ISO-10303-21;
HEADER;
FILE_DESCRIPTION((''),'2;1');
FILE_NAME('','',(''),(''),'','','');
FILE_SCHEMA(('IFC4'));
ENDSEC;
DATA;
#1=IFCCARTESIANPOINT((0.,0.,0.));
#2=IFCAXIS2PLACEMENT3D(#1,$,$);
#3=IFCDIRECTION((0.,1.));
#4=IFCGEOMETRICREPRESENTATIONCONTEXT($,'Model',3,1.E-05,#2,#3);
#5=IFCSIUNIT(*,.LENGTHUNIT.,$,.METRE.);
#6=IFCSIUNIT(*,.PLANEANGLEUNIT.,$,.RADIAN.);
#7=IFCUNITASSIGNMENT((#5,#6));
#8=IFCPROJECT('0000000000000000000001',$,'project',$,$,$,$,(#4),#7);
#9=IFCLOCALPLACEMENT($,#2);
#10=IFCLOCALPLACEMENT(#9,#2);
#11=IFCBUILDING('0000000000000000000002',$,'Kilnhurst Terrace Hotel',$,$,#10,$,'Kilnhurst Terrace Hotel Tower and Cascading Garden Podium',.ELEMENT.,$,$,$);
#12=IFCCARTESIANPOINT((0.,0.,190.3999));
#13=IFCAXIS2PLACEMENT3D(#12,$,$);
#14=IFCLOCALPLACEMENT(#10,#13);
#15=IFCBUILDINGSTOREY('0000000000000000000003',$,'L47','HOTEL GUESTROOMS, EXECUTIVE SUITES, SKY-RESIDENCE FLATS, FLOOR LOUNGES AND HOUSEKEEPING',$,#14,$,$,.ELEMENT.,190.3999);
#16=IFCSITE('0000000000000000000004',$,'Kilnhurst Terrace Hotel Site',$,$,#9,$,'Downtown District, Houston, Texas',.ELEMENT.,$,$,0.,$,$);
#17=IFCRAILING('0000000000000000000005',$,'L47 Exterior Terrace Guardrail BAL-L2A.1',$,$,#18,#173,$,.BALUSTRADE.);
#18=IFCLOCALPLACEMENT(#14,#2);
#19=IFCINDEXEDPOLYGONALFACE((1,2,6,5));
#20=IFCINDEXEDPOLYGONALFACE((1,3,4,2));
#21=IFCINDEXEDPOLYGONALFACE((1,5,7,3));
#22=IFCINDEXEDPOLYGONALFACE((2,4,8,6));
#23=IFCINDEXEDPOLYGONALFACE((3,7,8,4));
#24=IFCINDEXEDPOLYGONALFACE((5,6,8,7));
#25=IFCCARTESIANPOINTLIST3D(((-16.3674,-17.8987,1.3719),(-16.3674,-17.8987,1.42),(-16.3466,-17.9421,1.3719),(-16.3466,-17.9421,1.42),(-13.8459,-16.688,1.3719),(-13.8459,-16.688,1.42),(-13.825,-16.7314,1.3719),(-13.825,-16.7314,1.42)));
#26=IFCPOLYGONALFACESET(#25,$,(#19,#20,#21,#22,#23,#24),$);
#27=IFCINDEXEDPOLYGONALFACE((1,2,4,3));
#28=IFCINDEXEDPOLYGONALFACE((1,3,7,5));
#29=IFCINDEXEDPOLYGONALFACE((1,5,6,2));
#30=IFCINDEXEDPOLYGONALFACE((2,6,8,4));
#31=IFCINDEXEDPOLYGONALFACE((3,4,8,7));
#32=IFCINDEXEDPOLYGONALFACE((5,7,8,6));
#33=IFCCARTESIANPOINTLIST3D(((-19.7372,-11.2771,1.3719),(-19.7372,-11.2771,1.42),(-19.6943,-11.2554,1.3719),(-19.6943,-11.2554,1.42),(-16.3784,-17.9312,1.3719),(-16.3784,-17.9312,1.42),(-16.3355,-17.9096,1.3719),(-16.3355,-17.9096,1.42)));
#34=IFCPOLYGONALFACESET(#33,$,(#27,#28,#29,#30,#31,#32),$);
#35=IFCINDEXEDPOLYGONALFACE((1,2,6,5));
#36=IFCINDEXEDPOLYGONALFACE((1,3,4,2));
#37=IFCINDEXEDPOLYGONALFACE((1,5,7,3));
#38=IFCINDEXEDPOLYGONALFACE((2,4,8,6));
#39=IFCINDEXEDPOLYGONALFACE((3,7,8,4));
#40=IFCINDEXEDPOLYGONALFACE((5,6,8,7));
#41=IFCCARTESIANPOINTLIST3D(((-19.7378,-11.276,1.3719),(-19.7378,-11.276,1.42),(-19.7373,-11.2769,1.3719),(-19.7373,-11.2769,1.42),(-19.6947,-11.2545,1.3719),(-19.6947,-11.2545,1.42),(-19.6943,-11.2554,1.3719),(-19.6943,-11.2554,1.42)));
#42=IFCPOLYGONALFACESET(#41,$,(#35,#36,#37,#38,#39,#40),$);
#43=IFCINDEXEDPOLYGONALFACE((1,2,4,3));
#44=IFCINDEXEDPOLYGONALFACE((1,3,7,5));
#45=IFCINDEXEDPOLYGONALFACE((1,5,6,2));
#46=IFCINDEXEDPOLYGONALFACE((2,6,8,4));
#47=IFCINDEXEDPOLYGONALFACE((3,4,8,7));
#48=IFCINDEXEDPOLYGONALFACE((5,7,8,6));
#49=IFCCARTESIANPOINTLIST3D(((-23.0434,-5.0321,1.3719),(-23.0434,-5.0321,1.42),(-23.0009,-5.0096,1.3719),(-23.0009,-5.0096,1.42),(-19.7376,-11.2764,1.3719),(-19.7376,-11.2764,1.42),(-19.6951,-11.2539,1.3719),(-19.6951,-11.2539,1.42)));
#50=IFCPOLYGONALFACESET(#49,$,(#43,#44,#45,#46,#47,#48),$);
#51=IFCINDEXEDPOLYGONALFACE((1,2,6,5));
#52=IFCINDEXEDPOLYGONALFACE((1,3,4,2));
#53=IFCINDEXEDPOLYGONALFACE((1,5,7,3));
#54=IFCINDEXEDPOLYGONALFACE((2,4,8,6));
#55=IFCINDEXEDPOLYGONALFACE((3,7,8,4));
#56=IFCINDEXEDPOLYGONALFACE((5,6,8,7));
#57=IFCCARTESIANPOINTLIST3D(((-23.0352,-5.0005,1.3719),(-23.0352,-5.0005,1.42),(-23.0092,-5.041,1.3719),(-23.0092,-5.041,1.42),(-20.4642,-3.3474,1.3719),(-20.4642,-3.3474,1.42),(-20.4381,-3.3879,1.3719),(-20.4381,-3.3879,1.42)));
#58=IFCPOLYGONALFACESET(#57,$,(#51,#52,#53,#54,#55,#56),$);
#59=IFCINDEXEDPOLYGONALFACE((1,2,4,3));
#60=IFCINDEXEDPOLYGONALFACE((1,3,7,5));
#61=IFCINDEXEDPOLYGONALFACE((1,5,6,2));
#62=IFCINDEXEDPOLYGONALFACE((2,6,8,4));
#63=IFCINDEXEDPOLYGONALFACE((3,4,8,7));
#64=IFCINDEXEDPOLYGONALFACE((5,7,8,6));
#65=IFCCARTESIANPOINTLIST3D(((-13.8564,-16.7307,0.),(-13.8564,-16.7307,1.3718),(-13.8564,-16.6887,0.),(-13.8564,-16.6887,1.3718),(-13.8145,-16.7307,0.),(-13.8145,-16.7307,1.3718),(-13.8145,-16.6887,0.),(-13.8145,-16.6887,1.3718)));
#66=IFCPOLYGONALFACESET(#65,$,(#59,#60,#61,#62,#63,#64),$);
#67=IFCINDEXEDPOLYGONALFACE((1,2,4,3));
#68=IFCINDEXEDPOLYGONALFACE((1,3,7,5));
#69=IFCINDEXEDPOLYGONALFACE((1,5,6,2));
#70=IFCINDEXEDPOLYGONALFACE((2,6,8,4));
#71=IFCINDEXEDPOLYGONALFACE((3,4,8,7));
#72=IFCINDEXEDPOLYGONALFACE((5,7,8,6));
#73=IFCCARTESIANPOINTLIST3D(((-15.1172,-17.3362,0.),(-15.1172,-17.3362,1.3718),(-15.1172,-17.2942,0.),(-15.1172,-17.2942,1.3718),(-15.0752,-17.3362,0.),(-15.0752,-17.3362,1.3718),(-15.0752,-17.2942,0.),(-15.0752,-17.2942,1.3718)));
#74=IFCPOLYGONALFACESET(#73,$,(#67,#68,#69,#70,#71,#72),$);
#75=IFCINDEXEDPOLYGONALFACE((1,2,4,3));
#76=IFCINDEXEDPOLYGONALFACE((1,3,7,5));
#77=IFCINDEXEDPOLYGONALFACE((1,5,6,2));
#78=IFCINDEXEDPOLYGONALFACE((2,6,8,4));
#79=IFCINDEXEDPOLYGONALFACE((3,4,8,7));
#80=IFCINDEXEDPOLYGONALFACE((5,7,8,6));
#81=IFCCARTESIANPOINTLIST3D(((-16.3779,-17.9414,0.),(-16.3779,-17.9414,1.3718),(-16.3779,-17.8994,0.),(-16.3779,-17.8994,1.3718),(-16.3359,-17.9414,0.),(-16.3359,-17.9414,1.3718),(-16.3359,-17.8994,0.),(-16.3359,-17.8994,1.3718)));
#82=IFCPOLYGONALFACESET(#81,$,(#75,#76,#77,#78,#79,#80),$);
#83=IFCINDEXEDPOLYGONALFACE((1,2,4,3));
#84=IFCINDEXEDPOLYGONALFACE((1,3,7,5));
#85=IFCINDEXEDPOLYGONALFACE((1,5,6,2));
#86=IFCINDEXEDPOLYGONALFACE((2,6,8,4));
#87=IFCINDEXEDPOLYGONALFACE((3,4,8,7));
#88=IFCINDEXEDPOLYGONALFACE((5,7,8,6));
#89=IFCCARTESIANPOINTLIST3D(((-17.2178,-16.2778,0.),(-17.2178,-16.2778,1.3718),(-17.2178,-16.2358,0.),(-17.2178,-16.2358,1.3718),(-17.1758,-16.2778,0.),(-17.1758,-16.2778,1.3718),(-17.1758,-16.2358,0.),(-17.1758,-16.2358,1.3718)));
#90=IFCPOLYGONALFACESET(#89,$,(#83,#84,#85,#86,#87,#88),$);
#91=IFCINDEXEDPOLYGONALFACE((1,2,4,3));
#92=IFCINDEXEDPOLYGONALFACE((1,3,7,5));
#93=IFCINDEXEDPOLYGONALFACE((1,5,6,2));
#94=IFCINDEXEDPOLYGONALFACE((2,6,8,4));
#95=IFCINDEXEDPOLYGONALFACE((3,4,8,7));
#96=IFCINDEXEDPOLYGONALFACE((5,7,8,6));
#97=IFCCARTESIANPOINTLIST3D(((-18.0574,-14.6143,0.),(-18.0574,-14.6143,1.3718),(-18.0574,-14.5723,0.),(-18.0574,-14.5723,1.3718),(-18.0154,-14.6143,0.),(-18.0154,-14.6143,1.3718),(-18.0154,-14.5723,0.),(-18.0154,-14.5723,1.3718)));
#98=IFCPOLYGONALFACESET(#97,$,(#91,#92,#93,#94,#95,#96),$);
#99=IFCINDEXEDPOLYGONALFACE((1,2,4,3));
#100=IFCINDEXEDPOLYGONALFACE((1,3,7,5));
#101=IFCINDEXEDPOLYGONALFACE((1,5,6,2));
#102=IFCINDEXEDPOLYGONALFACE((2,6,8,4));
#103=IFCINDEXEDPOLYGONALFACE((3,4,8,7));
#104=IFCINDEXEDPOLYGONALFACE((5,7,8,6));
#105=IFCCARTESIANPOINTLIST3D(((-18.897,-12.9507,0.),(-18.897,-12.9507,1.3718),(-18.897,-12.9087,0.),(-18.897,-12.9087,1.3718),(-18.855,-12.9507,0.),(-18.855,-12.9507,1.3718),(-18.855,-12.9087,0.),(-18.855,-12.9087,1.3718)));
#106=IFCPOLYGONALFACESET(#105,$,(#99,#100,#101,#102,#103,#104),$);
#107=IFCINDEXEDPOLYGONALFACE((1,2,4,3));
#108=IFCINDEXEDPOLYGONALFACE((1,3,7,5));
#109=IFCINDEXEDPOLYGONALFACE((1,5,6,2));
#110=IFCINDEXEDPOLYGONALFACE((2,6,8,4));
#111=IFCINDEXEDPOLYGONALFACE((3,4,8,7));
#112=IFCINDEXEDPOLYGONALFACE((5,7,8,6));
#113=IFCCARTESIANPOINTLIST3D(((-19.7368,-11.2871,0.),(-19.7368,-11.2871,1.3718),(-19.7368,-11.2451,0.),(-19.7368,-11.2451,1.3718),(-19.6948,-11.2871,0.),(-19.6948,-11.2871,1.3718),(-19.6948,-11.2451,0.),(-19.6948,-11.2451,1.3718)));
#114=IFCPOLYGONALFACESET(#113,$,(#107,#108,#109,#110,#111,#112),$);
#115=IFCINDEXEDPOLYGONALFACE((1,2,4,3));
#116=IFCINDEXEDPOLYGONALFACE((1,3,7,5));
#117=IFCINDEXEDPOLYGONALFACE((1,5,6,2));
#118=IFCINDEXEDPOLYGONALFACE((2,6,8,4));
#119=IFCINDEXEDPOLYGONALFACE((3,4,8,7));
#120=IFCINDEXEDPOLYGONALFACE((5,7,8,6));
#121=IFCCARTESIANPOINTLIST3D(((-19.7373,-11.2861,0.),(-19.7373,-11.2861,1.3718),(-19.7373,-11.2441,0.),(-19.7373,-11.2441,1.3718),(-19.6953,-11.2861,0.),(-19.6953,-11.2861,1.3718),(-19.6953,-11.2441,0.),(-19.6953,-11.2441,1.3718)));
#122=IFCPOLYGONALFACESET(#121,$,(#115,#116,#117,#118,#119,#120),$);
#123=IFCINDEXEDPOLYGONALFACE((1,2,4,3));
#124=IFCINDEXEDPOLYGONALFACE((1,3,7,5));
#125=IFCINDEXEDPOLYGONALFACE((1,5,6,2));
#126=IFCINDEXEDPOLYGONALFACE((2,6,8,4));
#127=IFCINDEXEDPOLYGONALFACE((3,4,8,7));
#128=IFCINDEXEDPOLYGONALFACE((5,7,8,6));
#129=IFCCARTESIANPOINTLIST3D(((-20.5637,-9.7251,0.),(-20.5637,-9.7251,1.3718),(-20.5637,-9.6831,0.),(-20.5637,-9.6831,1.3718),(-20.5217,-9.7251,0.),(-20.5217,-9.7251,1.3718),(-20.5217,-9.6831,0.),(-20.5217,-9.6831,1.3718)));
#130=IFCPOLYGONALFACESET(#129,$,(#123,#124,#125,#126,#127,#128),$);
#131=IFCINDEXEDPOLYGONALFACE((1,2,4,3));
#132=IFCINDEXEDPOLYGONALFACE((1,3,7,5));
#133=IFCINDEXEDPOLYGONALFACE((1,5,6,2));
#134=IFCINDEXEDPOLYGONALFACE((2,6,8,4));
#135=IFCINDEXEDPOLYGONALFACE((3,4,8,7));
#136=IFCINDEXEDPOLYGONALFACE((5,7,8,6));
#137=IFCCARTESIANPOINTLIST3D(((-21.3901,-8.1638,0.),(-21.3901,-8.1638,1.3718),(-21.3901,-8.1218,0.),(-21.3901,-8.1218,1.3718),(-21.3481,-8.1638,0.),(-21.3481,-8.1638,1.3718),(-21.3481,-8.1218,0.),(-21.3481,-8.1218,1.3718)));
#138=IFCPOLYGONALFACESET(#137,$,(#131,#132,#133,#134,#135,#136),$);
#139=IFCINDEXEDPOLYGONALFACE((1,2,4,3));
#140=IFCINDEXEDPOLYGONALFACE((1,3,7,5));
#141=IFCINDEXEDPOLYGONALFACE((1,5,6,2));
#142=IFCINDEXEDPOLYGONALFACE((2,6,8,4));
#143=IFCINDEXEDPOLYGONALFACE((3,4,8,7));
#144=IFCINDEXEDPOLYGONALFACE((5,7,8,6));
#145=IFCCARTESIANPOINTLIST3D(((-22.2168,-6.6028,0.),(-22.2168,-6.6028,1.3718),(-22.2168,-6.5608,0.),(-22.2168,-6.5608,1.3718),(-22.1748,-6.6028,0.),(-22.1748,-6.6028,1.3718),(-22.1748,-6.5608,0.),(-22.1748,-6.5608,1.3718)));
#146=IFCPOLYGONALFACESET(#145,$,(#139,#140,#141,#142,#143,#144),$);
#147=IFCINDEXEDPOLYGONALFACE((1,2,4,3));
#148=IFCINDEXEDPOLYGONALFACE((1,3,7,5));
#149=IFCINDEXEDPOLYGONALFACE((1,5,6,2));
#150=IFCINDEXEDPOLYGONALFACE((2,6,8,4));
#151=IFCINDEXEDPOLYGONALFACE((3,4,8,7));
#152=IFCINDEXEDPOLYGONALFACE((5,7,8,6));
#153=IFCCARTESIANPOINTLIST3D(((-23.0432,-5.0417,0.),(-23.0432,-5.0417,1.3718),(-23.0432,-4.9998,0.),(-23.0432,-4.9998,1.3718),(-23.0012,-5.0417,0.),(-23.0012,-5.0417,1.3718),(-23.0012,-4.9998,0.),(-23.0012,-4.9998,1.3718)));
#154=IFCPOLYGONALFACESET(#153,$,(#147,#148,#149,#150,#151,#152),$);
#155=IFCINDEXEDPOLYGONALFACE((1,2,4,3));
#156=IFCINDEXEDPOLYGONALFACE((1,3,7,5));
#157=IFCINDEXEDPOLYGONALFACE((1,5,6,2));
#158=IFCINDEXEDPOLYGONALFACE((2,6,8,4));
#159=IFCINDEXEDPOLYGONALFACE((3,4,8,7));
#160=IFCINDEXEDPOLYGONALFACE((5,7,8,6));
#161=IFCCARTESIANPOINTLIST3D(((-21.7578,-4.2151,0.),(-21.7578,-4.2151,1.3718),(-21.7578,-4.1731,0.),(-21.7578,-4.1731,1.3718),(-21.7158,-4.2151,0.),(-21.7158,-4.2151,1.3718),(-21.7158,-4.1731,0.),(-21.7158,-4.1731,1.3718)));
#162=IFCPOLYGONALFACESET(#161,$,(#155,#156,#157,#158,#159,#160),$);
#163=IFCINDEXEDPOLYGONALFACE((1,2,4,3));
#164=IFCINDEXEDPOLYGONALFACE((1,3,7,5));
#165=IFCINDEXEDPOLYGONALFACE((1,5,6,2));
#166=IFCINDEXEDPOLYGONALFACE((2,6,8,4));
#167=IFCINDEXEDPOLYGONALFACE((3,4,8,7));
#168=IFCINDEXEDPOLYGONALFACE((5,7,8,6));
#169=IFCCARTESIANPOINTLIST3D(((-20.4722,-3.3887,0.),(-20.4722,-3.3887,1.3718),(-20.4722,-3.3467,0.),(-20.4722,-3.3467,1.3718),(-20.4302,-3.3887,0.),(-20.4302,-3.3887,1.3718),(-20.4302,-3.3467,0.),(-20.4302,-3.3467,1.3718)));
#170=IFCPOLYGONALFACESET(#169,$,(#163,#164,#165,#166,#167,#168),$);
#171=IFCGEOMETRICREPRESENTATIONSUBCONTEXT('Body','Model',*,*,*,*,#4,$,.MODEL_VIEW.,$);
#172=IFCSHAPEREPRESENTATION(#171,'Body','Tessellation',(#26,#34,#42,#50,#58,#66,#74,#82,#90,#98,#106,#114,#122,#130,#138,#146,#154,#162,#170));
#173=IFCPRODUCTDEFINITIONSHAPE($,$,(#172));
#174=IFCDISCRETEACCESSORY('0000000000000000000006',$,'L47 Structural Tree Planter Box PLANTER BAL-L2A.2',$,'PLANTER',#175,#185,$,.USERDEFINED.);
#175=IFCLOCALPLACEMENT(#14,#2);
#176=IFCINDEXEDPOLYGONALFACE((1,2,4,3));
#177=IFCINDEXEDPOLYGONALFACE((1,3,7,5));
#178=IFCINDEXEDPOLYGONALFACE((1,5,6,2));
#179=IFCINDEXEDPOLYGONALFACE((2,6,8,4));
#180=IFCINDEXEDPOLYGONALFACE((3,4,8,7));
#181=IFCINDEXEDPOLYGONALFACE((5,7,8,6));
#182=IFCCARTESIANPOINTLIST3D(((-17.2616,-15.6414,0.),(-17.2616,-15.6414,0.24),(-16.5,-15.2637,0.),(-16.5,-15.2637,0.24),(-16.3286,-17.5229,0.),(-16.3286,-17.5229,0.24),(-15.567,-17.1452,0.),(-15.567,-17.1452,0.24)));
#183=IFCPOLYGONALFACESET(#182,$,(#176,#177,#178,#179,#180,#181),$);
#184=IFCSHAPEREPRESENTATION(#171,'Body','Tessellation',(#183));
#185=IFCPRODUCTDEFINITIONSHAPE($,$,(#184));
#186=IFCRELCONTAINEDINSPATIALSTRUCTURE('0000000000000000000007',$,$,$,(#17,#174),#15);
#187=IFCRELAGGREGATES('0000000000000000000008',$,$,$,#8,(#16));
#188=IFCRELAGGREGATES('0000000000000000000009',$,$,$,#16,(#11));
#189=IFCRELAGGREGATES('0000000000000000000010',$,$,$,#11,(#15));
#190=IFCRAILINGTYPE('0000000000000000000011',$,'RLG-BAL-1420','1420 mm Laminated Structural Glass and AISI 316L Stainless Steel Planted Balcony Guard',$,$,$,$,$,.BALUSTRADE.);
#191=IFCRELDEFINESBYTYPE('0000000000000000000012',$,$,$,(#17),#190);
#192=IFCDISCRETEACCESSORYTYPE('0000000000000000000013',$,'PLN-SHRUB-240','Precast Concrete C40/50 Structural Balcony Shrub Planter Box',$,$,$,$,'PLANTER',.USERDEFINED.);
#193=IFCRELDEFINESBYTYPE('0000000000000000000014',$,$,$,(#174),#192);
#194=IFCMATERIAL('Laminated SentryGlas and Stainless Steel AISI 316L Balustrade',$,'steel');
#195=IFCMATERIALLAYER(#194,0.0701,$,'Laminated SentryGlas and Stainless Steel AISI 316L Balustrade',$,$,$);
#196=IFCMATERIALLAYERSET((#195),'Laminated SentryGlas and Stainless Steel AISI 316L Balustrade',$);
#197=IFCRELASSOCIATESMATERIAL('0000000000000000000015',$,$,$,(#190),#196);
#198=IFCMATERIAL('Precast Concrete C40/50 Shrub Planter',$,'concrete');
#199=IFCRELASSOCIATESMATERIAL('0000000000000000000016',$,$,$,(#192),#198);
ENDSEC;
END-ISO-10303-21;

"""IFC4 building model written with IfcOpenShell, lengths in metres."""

from ifc_helpers import new_model, si_unit, direction, frame, origin, origin_2d, place, context, subcontext, project, spatial, rectangle, extrude, material, layer, layer_set, type_object, element, save


model = new_model("IFC4")

# Units and contexts
model_context = context("Model", 3, precision=1e-05, world=origin(), true_north=direction((0.0, 1.0)))
body_context = subcontext(model_context, "Body", "Model", "MODEL_VIEW")
ifc_project = project(units=[si_unit("LENGTHUNIT", "METRE"), si_unit("PLANEANGLEUNIT", "RADIAN")], contexts=[model_context])

# Site, building, storey
site_placement = place(None, origin())
site = spatial("IfcSite", under=ifc_project, at=site_placement, Name="Kilnhurst Terrace Hotel Site", LongName="Downtown District, Houston, Texas", CompositionType="ELEMENT", RefElevation=0.0)
building_placement = place(site_placement, origin())
building = spatial("IfcBuilding", under=site, at=building_placement, Name="Kilnhurst Terrace Hotel", LongName="Kilnhurst Terrace Hotel Tower and Cascading Garden Podium", CompositionType="ELEMENT")
storey_placement = place(building_placement, frame((0.0, 0.0, 190.3999)))
storey = spatial("IfcBuildingStorey", under=building, at=storey_placement, Name="L47", Description="HOTEL GUESTROOMS, EXECUTIVE SUITES, SKY-RESIDENCE FLATS, FLOOR LOUNGES AND HOUSEKEEPING", CompositionType="ELEMENT", Elevation=190.3999)

# Railing
ifc_material_1 = material(Name="Laminated SentryGlas and Stainless Steel AISI 316L Balustrade", Category="steel")
ifc_layer_1 = layer(ifc_material_1, 0.0701, Name="Laminated SentryGlas and Stainless Steel AISI 316L Balustrade")
ifc_layer_set_1 = layer_set([ifc_layer_1], Name="Laminated SentryGlas and Stainless Steel AISI 316L Balustrade")
railing_type = type_object("IfcRailingType", Name="RLG-BAL-1420", Description="1420 mm Laminated Structural Glass and AISI 316L Stainless Steel Planted Balcony Guard", PredefinedType="BALUSTRADE", material=ifc_layer_set_1)
railing_placement = place(storey_placement, frame((-13.8354, -16.7097, 0.0)))
element("IfcRailing", 1, at=railing_placement, inside=storey, type_object=railing_type, Name="L47 Exterior Terrace Guardrail BAL-L2A.1", PredefinedType="BALUSTRADE", context=body_context, shape_type="SweptSolid", body=[
    extrude(rectangle(XDim=0.0481, YDim=0.0481, at=origin_2d()), frame((0.0, 0.0, 1.396), z_axis=(-0.90147, -0.432842, 0.0), x_axis=(0.432842, -0.90147, 0.0)), (0.0, 0.0, 1.0), 2.7971),
    extrude(rectangle(XDim=0.0481, YDim=0.0481, at=origin_2d()), frame((-2.5215, -1.2107, 1.396), z_axis=(-0.450617, 0.892718, 0.0), x_axis=(-0.892718, -0.450617, 0.0)), (0.0, 0.0, 1.0), 7.4539),
    extrude(rectangle(XDim=0.0481, YDim=0.0481, at=origin_2d()), frame((-5.8804, 5.4436, 1.396), z_axis=(-0.447214, 0.894427, 0.0), x_axis=(-0.894427, -0.447214, 0.0)), (0.0, 0.0, 1.0), 0.001),
    extrude(rectangle(XDim=0.0481, YDim=0.0481, at=origin_2d()), frame((-5.8809, 5.4446, 1.396), z_axis=(-0.467894, 0.883785, 0.0), x_axis=(-0.883785, -0.467894, 0.0)), (0.0, 0.0, 1.0), 7.0654),
    extrude(rectangle(XDim=0.0481, YDim=0.0481, at=origin_2d()), frame((-9.1868, 11.689, 1.396), z_axis=(0.84114, 0.540818, 0.0), x_axis=(-0.540818, 0.84114, 0.0)), (0.0, 0.0, 1.0), 3.0566),
    extrude(rectangle(XDim=0.042, YDim=0.042, at=origin_2d()), origin(), (0.0, 0.0, 1.0), 1.3718),
    extrude(rectangle(XDim=0.042, YDim=0.042, at=origin_2d()), frame((-1.2607, -0.6055, 0.0)), (0.0, 0.0, 1.0), 1.3718),
    extrude(rectangle(XDim=0.042, YDim=0.042, at=origin_2d()), frame((-2.5215, -1.2107, 0.0)), (0.0, 0.0, 1.0), 1.3718),
    extrude(rectangle(XDim=0.042, YDim=0.042, at=origin_2d()), frame((-3.3613, 0.4529, 0.0)), (0.0, 0.0, 1.0), 1.3718),
    extrude(rectangle(XDim=0.042, YDim=0.042, at=origin_2d()), frame((-4.2009, 2.1165, 0.0)), (0.0, 0.0, 1.0), 1.3718),
    extrude(rectangle(XDim=0.042, YDim=0.042, at=origin_2d()), frame((-5.0405, 3.78, 0.0)), (0.0, 0.0, 1.0), 1.3718),
    extrude(rectangle(XDim=0.042, YDim=0.042, at=origin_2d()), frame((-5.8804, 5.4436, 0.0)), (0.0, 0.0, 1.0), 1.3718),
    extrude(rectangle(XDim=0.042, YDim=0.042, at=origin_2d()), frame((-5.8809, 5.4446, 0.0)), (0.0, 0.0, 1.0), 1.3718),
    extrude(rectangle(XDim=0.042, YDim=0.042, at=origin_2d()), frame((-6.7073, 7.0056, 0.0)), (0.0, 0.0, 1.0), 1.3718),
    extrude(rectangle(XDim=0.042, YDim=0.042, at=origin_2d()), frame((-7.5337, 8.5669, 0.0)), (0.0, 0.0, 1.0), 1.3718),
    extrude(rectangle(XDim=0.042, YDim=0.042, at=origin_2d()), frame((-8.3604, 10.1279, 0.0)), (0.0, 0.0, 1.0), 1.3718),
    extrude(rectangle(XDim=0.042, YDim=0.042, at=origin_2d()), frame((-9.1868, 11.689, 0.0)), (0.0, 0.0, 1.0), 1.3718),
    extrude(rectangle(XDim=0.042, YDim=0.042, at=origin_2d()), frame((-7.9014, 12.5156, 0.0)), (0.0, 0.0, 1.0), 1.3718),
    extrude(rectangle(XDim=0.042, YDim=0.042, at=origin_2d()), frame((-6.6157, 13.342, 0.0)), (0.0, 0.0, 1.0), 1.3718),
])

# Discrete accessory
ifc_material_2 = material(Name="Precast Concrete C40/50 Shrub Planter", Category="concrete")
discrete_accessory_type = type_object("IfcDiscreteAccessoryType", Name="PLN-SHRUB-240", Description="Precast Concrete C40/50 Structural Balcony Shrub Planter Box", ElementType="PLANTER", PredefinedType="USERDEFINED", material=ifc_material_2)
discrete_accessory_placement = place(storey_placement, frame((-16.4143, -16.3933, 0.0), z_axis=(0.0, 0.0, 1.0), x_axis=(0.444244, -0.895906, 0.0)))
element("IfcDiscreteAccessory", 2, at=discrete_accessory_placement, inside=storey, type_object=discrete_accessory_type, Name="L47 Structural Tree Planter Box PLANTER BAL-L2A.2", ObjectType="PLANTER", PredefinedType="USERDEFINED", context=body_context, shape_type="SweptSolid", body=[
    extrude(rectangle(XDim=2.1001, YDim=0.8501, at=origin_2d()), origin(), (0.0, 0.0, 1.0), 0.24),
])

save(model, "model.ifc")
